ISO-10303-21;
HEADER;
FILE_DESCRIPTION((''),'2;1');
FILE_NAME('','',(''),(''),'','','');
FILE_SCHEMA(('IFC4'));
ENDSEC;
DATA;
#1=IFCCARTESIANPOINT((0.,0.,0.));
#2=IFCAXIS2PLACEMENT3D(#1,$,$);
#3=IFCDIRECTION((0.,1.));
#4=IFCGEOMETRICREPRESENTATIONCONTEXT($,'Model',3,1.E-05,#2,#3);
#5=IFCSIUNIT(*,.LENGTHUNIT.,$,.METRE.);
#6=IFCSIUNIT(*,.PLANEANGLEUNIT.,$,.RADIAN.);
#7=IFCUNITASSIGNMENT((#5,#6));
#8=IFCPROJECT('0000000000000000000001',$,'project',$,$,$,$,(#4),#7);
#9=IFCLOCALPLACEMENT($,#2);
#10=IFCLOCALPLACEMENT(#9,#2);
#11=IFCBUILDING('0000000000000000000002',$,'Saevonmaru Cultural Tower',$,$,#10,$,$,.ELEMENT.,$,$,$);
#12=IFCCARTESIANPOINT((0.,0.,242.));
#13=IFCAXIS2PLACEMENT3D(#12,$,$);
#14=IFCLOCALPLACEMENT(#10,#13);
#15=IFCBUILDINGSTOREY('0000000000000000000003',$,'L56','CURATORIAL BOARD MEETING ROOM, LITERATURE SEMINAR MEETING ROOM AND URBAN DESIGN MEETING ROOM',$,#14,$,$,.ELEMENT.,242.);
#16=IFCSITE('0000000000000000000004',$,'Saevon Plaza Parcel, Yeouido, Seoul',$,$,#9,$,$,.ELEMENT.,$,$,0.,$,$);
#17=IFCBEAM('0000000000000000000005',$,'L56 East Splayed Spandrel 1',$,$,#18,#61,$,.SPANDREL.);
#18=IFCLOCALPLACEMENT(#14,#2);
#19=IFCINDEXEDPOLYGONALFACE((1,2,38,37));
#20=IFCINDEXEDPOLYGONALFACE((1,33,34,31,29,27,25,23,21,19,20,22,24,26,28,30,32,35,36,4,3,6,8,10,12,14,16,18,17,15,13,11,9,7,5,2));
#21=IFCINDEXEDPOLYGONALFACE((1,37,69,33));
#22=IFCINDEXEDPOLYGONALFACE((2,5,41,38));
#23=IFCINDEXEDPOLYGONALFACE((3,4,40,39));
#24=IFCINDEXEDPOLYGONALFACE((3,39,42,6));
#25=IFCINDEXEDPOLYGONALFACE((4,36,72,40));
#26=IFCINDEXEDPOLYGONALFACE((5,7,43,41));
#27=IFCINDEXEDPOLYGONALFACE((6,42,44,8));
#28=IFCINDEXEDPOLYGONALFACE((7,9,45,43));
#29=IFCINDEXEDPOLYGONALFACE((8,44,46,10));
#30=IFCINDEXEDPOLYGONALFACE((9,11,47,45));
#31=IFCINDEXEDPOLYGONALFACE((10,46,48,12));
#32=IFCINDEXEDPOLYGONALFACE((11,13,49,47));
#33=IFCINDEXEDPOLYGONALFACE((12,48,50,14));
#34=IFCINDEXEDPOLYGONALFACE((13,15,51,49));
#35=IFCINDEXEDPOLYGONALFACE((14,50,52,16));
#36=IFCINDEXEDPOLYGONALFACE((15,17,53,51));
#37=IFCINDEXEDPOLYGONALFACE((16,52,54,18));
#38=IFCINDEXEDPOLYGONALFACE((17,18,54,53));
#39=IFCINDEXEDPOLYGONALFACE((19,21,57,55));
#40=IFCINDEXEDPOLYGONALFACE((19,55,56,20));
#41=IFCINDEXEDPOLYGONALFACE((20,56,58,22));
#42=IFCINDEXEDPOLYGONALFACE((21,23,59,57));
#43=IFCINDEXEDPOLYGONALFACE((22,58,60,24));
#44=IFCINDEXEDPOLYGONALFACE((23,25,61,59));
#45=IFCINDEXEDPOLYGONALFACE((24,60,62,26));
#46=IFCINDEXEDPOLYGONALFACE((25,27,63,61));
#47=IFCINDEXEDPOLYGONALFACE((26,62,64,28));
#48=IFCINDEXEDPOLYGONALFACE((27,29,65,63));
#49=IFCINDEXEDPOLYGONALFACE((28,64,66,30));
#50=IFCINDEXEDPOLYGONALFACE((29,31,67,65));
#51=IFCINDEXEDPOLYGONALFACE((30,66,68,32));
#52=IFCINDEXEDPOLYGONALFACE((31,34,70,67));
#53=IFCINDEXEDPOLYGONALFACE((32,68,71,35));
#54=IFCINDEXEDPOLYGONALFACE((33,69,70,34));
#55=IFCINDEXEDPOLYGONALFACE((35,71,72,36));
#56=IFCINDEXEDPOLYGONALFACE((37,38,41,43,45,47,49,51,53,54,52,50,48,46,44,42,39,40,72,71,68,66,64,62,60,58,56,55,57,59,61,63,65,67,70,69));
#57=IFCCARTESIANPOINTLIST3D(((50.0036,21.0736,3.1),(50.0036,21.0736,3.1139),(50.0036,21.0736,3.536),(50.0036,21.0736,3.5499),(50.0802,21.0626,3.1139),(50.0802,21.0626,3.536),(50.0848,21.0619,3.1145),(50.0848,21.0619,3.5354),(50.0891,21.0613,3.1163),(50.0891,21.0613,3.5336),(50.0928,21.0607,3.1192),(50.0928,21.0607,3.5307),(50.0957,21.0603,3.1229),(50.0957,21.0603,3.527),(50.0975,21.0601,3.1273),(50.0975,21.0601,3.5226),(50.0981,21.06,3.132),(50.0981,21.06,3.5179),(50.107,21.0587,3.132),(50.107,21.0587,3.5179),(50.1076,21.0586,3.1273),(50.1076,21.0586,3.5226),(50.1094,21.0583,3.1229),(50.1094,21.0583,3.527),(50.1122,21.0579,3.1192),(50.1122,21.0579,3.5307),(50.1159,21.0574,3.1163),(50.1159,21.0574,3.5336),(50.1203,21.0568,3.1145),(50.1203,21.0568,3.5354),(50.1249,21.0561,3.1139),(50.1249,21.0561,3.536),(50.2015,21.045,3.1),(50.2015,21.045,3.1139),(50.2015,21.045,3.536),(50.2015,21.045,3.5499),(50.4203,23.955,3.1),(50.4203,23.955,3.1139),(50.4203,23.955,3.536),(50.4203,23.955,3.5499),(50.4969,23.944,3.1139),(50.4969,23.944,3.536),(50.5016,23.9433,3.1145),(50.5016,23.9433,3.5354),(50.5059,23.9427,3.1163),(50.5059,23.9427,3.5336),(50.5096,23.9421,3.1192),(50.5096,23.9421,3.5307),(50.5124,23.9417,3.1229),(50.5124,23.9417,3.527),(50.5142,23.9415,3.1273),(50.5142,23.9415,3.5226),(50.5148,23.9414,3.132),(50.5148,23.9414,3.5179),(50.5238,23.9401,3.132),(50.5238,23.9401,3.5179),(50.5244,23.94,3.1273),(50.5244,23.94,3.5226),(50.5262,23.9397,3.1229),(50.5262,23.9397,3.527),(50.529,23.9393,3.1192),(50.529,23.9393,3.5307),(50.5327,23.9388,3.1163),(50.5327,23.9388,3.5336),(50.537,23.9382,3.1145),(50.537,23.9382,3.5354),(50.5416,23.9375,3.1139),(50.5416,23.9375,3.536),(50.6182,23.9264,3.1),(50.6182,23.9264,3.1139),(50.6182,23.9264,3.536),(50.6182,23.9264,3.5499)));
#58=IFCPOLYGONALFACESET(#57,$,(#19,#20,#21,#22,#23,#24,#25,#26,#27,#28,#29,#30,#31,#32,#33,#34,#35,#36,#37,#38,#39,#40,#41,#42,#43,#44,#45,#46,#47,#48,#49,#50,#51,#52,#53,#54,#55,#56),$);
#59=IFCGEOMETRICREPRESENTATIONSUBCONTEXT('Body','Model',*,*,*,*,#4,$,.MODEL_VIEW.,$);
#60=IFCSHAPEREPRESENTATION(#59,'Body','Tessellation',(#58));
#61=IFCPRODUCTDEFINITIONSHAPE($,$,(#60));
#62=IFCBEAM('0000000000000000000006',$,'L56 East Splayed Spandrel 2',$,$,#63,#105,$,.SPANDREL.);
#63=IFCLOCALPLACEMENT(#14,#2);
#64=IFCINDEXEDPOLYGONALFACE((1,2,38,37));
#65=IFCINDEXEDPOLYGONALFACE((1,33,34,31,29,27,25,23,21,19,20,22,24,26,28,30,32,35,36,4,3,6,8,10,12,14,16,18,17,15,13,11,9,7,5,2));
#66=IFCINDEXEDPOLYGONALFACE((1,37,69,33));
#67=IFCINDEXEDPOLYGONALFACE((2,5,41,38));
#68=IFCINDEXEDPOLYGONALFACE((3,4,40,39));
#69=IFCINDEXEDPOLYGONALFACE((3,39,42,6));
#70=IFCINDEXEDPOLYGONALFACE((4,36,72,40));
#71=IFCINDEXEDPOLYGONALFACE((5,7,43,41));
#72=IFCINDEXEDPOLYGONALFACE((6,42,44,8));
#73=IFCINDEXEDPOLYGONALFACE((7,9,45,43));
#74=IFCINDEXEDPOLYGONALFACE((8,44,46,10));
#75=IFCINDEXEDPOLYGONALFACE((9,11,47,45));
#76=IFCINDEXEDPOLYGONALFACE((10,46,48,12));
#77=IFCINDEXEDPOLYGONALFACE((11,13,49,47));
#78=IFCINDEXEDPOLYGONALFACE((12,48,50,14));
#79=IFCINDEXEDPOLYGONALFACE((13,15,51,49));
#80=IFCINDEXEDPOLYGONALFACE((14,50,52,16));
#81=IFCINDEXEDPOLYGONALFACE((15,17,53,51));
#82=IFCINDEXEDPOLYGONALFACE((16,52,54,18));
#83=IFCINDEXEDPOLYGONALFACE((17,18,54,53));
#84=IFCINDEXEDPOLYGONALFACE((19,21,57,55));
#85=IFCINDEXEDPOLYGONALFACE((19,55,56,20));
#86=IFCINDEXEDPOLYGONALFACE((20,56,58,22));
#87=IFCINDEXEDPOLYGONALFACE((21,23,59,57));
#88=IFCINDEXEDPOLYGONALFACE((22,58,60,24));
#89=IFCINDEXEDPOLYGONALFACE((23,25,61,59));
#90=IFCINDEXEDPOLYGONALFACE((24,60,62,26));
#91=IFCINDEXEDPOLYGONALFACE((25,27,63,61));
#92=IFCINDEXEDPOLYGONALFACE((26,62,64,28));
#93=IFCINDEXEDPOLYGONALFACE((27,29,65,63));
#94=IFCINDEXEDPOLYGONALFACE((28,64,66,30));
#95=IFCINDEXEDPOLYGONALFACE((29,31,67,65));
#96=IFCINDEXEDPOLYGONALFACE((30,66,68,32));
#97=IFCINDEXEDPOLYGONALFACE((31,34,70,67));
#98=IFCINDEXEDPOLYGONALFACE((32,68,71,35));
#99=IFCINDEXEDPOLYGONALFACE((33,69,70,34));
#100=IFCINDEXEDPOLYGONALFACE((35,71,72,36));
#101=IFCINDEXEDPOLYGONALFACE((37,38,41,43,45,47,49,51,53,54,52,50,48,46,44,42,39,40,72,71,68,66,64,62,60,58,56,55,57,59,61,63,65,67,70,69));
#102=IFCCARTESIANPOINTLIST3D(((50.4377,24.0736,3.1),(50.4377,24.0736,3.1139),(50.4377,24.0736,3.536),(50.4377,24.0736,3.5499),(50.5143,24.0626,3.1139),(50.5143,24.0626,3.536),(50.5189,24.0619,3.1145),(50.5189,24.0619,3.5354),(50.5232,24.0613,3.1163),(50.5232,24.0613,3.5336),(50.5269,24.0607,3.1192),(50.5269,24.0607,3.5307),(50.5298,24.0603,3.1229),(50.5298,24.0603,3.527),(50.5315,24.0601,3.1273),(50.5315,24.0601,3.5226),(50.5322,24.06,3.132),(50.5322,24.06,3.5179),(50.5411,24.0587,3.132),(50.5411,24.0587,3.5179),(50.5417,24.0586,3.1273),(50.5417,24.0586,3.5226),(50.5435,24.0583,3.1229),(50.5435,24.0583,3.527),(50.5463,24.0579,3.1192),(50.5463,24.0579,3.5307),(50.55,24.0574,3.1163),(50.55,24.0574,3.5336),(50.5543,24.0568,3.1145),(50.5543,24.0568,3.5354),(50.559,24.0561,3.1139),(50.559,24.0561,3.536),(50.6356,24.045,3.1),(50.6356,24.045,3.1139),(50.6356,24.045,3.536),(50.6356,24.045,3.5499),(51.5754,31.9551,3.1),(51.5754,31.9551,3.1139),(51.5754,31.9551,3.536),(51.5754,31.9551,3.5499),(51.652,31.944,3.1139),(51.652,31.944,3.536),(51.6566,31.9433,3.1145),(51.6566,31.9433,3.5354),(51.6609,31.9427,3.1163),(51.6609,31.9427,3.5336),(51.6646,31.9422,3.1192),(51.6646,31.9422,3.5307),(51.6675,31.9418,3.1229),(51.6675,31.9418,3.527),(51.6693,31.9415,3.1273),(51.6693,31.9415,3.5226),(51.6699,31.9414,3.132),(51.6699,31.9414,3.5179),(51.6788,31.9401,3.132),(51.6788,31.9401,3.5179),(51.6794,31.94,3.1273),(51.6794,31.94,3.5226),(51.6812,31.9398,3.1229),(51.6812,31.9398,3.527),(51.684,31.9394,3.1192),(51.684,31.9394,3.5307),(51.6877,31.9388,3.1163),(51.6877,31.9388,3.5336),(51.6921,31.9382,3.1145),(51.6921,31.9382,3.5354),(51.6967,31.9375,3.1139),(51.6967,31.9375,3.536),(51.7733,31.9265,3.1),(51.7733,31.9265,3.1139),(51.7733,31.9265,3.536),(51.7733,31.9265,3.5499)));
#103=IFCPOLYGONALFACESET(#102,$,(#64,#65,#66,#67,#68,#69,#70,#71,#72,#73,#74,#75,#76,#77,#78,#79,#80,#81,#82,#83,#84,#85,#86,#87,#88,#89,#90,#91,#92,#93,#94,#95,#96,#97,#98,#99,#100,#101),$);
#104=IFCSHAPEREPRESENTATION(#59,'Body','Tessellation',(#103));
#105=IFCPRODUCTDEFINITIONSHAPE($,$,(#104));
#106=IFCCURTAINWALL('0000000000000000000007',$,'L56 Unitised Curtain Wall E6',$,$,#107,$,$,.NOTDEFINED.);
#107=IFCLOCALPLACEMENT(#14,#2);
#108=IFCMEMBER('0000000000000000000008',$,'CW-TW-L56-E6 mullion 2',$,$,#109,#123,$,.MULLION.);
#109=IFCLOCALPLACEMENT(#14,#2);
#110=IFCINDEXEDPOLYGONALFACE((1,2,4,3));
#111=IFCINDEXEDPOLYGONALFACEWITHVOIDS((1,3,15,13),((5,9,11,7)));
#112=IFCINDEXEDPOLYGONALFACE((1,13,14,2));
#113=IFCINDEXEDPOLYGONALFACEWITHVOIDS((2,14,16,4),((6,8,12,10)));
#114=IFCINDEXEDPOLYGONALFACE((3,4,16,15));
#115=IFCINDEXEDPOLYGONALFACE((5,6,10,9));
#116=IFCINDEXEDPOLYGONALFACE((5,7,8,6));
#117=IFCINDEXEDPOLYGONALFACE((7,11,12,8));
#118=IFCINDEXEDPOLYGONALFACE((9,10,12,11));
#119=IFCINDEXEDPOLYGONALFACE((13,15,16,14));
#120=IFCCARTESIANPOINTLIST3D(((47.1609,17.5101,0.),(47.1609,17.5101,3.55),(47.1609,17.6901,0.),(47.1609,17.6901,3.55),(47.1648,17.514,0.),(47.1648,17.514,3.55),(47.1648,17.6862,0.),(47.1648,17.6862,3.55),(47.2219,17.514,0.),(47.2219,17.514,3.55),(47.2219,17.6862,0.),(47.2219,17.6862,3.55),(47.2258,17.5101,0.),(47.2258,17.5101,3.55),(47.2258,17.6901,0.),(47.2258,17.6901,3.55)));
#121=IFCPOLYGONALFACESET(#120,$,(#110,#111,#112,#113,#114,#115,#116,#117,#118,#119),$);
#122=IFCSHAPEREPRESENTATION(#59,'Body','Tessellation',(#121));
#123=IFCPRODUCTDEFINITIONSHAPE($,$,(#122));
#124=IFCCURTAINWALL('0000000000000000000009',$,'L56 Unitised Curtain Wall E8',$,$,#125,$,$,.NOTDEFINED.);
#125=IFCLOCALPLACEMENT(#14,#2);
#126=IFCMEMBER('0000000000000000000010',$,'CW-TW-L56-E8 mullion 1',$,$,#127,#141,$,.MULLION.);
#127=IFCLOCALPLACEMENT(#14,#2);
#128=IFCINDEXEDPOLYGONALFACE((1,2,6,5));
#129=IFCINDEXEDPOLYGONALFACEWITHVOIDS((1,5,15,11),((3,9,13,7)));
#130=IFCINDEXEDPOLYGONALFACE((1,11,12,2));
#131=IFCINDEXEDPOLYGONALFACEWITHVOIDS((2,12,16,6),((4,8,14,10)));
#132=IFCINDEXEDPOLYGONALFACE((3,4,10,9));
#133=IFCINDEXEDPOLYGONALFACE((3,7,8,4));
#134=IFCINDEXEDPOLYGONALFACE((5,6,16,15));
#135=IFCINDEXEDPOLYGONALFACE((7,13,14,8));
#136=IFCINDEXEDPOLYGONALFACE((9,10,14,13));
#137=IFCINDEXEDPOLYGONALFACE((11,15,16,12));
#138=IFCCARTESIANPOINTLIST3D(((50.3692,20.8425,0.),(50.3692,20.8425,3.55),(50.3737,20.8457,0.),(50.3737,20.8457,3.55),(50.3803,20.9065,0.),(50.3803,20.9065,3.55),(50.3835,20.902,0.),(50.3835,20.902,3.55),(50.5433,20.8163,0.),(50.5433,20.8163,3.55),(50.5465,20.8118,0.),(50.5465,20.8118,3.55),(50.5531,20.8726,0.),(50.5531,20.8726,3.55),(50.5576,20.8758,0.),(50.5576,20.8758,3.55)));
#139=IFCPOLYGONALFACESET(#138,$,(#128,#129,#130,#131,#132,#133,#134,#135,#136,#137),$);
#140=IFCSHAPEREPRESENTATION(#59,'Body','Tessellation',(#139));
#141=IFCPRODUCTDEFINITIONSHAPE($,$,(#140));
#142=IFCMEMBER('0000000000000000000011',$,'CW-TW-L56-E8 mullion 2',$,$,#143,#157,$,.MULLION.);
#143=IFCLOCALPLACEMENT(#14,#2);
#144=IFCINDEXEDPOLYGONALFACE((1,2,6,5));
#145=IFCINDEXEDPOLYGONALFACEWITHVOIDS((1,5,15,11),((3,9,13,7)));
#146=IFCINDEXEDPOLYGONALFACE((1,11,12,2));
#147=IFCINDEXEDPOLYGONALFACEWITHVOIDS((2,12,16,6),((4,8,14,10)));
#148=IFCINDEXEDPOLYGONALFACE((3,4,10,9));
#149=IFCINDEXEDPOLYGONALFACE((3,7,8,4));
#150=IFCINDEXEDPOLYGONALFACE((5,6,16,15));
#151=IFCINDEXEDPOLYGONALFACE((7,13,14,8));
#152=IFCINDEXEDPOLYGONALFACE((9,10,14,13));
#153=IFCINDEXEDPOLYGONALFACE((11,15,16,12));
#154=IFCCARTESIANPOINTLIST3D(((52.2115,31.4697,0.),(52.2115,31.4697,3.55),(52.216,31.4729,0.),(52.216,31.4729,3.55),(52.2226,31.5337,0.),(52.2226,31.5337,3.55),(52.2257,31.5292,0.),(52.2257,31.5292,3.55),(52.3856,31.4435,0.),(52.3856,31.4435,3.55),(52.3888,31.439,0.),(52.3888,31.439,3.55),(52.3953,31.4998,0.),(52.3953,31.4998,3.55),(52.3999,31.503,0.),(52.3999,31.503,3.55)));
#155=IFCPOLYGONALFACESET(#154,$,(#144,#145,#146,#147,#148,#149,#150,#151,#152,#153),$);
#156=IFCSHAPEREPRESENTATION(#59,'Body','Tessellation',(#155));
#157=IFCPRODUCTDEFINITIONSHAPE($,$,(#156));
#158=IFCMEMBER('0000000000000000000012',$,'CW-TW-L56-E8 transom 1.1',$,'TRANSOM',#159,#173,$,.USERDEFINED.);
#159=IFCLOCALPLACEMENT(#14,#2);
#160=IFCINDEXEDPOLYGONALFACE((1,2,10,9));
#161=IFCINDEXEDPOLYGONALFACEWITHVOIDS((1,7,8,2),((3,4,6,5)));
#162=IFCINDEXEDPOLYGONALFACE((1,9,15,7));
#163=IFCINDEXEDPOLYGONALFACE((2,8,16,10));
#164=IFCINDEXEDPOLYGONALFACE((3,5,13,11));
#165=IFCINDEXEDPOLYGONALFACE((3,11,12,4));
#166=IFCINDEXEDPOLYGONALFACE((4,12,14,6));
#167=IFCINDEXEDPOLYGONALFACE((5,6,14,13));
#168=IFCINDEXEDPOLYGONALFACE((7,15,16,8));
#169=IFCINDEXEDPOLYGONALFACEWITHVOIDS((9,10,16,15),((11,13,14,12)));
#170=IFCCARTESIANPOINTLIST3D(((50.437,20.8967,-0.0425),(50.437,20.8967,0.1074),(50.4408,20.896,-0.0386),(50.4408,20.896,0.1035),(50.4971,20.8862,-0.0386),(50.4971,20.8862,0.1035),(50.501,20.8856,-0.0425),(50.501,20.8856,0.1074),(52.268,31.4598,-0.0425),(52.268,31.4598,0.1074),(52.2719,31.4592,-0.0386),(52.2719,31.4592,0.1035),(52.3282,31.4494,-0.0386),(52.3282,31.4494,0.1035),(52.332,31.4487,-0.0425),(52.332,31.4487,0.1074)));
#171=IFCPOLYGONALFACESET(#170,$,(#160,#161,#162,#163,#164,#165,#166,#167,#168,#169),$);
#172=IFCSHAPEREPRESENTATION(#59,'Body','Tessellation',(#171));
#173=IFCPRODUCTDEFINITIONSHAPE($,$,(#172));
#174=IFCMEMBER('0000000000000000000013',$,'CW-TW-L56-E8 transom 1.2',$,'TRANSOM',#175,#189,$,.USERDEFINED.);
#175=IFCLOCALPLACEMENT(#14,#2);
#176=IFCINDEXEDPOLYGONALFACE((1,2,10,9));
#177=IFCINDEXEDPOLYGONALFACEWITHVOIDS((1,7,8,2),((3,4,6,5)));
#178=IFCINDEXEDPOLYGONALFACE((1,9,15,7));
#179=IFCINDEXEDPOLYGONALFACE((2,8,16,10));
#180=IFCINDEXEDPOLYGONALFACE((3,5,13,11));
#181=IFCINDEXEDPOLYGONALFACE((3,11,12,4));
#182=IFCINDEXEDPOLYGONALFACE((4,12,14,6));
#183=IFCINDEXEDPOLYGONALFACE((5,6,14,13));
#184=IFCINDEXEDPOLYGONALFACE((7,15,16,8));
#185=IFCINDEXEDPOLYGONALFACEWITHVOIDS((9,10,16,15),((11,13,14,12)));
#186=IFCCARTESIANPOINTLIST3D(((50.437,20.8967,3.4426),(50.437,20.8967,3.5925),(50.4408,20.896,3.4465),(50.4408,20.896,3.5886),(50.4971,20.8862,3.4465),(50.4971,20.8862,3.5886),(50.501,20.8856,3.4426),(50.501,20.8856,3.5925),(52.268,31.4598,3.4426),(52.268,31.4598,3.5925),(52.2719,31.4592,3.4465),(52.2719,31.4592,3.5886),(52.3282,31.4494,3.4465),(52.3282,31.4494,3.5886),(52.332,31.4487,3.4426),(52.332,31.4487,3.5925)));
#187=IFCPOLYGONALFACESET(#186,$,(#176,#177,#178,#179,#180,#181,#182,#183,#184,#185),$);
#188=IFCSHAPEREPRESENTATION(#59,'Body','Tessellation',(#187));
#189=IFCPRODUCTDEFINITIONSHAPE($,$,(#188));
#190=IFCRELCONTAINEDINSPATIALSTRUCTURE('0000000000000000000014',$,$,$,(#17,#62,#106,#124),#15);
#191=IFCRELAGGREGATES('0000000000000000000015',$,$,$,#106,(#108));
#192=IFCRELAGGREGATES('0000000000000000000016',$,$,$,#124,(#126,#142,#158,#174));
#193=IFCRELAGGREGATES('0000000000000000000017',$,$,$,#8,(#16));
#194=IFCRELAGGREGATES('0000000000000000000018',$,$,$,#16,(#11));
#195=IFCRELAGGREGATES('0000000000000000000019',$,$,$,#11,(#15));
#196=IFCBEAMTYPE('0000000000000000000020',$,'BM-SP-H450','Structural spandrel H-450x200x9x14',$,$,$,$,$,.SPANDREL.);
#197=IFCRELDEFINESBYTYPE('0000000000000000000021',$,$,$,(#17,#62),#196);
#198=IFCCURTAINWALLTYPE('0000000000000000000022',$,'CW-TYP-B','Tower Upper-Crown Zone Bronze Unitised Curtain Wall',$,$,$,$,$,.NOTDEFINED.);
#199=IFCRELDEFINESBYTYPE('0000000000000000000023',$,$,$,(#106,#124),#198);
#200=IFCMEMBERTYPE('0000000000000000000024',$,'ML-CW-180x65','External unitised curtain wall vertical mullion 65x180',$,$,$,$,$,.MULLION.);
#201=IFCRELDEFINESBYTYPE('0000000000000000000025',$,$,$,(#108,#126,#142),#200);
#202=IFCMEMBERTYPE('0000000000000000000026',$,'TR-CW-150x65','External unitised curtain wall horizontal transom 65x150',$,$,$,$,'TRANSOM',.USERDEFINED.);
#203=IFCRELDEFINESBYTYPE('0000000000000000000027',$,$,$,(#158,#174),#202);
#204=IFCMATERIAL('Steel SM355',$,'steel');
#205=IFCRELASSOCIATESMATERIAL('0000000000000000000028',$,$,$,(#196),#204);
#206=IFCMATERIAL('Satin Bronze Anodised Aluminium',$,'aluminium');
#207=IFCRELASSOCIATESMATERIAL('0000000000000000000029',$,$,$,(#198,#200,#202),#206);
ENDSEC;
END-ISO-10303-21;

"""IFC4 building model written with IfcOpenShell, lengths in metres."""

from ifc_helpers import new_model, si_unit, direction, frame, origin, origin_2d, place, context, subcontext, project, spatial, hollow_rectangle, i_section, extrude, material, material_profile, profile_set, type_object, element, aggregate, save


model = new_model("IFC4")

# Units and contexts
model_context = context("Model", 3, precision=1e-05, world=origin(), true_north=direction((0.0, 1.0)))
body_context = subcontext(model_context, "Body", "Model", "MODEL_VIEW")
ifc_project = project(units=[si_unit("LENGTHUNIT", "METRE"), si_unit("PLANEANGLEUNIT", "RADIAN")], contexts=[model_context])

# Site, building, storey
site_placement = place(None, origin())
site = spatial("IfcSite", under=ifc_project, at=site_placement, Name="Saevon Plaza Parcel, Yeouido, Seoul", CompositionType="ELEMENT", RefElevation=0.0)
building_placement = place(site_placement, origin())
building = spatial("IfcBuilding", under=site, at=building_placement, Name="Saevonmaru Cultural Tower", CompositionType="ELEMENT")
storey_placement = place(building_placement, frame((0.0, 0.0, 242.0)))
storey = spatial("IfcBuildingStorey", under=building, at=storey_placement, Name="L56", Description="CURATORIAL BOARD MEETING ROOM, LITERATURE SEMINAR MEETING ROOM AND URBAN DESIGN MEETING ROOM", CompositionType="ELEMENT", Elevation=242.0)

# Shared definitions
ifc_material_1 = material(Name="Steel SM355", Category="steel")

# Beams
ifc_material_profile_1 = material_profile(ifc_material_1, i_section(OverallWidth=0.2, OverallDepth=0.45, WebThickness=0.009, FlangeThickness=0.0139, FilletRadius=0.0181, at=origin_2d()), Name="H-450x200x9x14")
ifc_profile_set_1 = profile_set([ifc_material_profile_1], Name="Steel SM355")
beam_type_1 = type_object("IfcBeamType", Name="BM-SP-H450", Description="Structural spandrel H-450x200x9x14", PredefinedType="SPANDREL", material=ifc_profile_set_1)
beam_1_placement = place(storey_placement, frame((50.1025, 21.0593, 3.325), z_axis=(0.143147, 0.989701, 0.0), x_axis=(-0.989701, 0.143147, 0.0)))
element("IfcBeam", 1, at=beam_1_placement, inside=storey, type_object=beam_type_1, Name="L56 East Splayed Spandrel 1", PredefinedType="SPANDREL", context=body_context, shape_type="SweptSolid", body=[
    extrude(i_section(OverallWidth=0.2, OverallDepth=0.45, WebThickness=0.009, FlangeThickness=0.0139, FilletRadius=0.0181, at=origin_2d()), origin(), (0.0, 0.0, 1.0), 2.9114),
])
beam_2_placement = place(storey_placement, frame((50.5366, 24.0593, 3.325), z_axis=(0.142872, 0.989741, 0.0), x_axis=(-0.989741, 0.142872, 0.0)))
element("IfcBeam", 2, at=beam_2_placement, inside=storey, type_object=beam_type_1, Name="L56 East Splayed Spandrel 2", PredefinedType="SPANDREL", context=body_context, shape_type="SweptSolid", body=[
    extrude(i_section(OverallWidth=0.2, OverallDepth=0.45, WebThickness=0.009, FlangeThickness=0.0139, FilletRadius=0.0181, at=origin_2d()), origin(), (0.0, 0.0, 1.0), 7.9631),
])

# Curtain wall, member
ifc_material_2 = material(Name="Satin Bronze Anodised Aluminium", Category="aluminium")
curtain_wall_type = type_object("IfcCurtainWallType", Name="CW-TYP-B", Description="Tower Upper-Crown Zone Bronze Unitised Curtain Wall", PredefinedType="NOTDEFINED", material=ifc_material_2)
curtain_wall_1_placement = place(storey_placement, origin())
curtain_wall_1 = element("IfcCurtainWall", 3, at=curtain_wall_1_placement, inside=storey, type_object=curtain_wall_type, Name="L56 Unitised Curtain Wall E6", PredefinedType="NOTDEFINED")
ifc_material_profile_2 = material_profile(ifc_material_2, hollow_rectangle(XDim=0.0649, YDim=0.1799, WallThickness=0.0039, at=origin_2d()), Name="ALU-MULL-180x65x4")
ifc_profile_set_2 = profile_set([ifc_material_profile_2], Name="Satin Bronze Anodised Aluminium")
member_type_1 = type_object("IfcMemberType", Name="ML-CW-180x65", Description="External unitised curtain wall vertical mullion 65x180", PredefinedType="MULLION", material=ifc_profile_set_2)
member_1_placement = place(storey_placement, frame((47.1934, 17.6001, 0.0), z_axis=(0.0, 0.0, 1.0), x_axis=(1.0, 0.0, 0.0)))
member_1 = element("IfcMember", 4, at=member_1_placement, type_object=member_type_1, Name="CW-TW-L56-E6 mullion 2", PredefinedType="MULLION", context=body_context, shape_type="SweptSolid", body=[
    extrude(hollow_rectangle(XDim=0.0649, YDim=0.1799, WallThickness=0.0039, at=origin_2d()), origin(), (0.0, 0.0, 1.0), 3.55),
])

# Curtain wall, members
curtain_wall_2_placement = place(storey_placement, origin())
curtain_wall_2 = element("IfcCurtainWall", 5, at=curtain_wall_2_placement, inside=storey, type_object=curtain_wall_type, Name="L56 Unitised Curtain Wall E8", PredefinedType="NOTDEFINED")
member_2_placement = place(storey_placement, frame((50.4634, 20.8591, 0.0), z_axis=(0.0, 0.0, 1.0), x_axis=(0.17079, 0.985307, 0.0)))
member_2 = element("IfcMember", 6, at=member_2_placement, type_object=member_type_1, Name="CW-TW-L56-E8 mullion 1", PredefinedType="MULLION", context=body_context, shape_type="SweptSolid", body=[
    extrude(hollow_rectangle(XDim=0.0649, YDim=0.1799, WallThickness=0.0039, at=origin_2d()), origin(), (0.0, 0.0, 1.0), 3.55),
])
member_3_placement = place(storey_placement, frame((52.3057, 31.4863, 0.0), z_axis=(0.0, 0.0, 1.0), x_axis=(0.17079, 0.985307, 0.0)))
member_3 = element("IfcMember", 7, at=member_3_placement, type_object=member_type_1, Name="CW-TW-L56-E8 mullion 2", PredefinedType="MULLION", context=body_context, shape_type="SweptSolid", body=[
    extrude(hollow_rectangle(XDim=0.0649, YDim=0.1799, WallThickness=0.0039, at=origin_2d()), origin(), (0.0, 0.0, 1.0), 3.55),
])
ifc_material_profile_3 = material_profile(ifc_material_2, hollow_rectangle(XDim=0.0649, YDim=0.1499, WallThickness=0.0039, at=origin_2d()), Name="ALU-TRAN-150x65x4")
ifc_profile_set_3 = profile_set([ifc_material_profile_3], Name="Satin Bronze Anodised Aluminium")
member_type_2 = type_object("IfcMemberType", Name="TR-CW-150x65", Description="External unitised curtain wall horizontal transom 65x150", ElementType="TRANSOM", PredefinedType="USERDEFINED", material=ifc_profile_set_3)
member_4_placement = place(storey_placement, frame((50.469, 20.8911, 0.0325), z_axis=(0.170795, 0.985307, 0.0), x_axis=(-0.985307, 0.170795, 0.0)))
member_4 = element("IfcMember", 8, at=member_4_placement, type_object=member_type_2, Name="CW-TW-L56-E8 transom 1.1", ObjectType="TRANSOM", PredefinedType="USERDEFINED", context=body_context, shape_type="SweptSolid", body=[
    extrude(hollow_rectangle(XDim=0.0649, YDim=0.1499, WallThickness=0.0039, at=origin_2d()), origin(), (0.0, 0.0, 1.0), 10.7207),
])
member_5_placement = place(storey_placement, frame((50.469, 20.8911, 3.5176), z_axis=(0.170795, 0.985307, 0.0), x_axis=(-0.985307, 0.170795, 0.0)))
member_5 = element("IfcMember", 9, at=member_5_placement, type_object=member_type_2, Name="CW-TW-L56-E8 transom 1.2", ObjectType="TRANSOM", PredefinedType="USERDEFINED", context=body_context, shape_type="SweptSolid", body=[
    extrude(hollow_rectangle(XDim=0.0649, YDim=0.1499, WallThickness=0.0039, at=origin_2d()), origin(), (0.0, 0.0, 1.0), 10.7207),
])

aggregate(curtain_wall_1, [member_1])
aggregate(curtain_wall_2, [member_2, member_3, member_4, member_5])

save(model, "model.ifc")
